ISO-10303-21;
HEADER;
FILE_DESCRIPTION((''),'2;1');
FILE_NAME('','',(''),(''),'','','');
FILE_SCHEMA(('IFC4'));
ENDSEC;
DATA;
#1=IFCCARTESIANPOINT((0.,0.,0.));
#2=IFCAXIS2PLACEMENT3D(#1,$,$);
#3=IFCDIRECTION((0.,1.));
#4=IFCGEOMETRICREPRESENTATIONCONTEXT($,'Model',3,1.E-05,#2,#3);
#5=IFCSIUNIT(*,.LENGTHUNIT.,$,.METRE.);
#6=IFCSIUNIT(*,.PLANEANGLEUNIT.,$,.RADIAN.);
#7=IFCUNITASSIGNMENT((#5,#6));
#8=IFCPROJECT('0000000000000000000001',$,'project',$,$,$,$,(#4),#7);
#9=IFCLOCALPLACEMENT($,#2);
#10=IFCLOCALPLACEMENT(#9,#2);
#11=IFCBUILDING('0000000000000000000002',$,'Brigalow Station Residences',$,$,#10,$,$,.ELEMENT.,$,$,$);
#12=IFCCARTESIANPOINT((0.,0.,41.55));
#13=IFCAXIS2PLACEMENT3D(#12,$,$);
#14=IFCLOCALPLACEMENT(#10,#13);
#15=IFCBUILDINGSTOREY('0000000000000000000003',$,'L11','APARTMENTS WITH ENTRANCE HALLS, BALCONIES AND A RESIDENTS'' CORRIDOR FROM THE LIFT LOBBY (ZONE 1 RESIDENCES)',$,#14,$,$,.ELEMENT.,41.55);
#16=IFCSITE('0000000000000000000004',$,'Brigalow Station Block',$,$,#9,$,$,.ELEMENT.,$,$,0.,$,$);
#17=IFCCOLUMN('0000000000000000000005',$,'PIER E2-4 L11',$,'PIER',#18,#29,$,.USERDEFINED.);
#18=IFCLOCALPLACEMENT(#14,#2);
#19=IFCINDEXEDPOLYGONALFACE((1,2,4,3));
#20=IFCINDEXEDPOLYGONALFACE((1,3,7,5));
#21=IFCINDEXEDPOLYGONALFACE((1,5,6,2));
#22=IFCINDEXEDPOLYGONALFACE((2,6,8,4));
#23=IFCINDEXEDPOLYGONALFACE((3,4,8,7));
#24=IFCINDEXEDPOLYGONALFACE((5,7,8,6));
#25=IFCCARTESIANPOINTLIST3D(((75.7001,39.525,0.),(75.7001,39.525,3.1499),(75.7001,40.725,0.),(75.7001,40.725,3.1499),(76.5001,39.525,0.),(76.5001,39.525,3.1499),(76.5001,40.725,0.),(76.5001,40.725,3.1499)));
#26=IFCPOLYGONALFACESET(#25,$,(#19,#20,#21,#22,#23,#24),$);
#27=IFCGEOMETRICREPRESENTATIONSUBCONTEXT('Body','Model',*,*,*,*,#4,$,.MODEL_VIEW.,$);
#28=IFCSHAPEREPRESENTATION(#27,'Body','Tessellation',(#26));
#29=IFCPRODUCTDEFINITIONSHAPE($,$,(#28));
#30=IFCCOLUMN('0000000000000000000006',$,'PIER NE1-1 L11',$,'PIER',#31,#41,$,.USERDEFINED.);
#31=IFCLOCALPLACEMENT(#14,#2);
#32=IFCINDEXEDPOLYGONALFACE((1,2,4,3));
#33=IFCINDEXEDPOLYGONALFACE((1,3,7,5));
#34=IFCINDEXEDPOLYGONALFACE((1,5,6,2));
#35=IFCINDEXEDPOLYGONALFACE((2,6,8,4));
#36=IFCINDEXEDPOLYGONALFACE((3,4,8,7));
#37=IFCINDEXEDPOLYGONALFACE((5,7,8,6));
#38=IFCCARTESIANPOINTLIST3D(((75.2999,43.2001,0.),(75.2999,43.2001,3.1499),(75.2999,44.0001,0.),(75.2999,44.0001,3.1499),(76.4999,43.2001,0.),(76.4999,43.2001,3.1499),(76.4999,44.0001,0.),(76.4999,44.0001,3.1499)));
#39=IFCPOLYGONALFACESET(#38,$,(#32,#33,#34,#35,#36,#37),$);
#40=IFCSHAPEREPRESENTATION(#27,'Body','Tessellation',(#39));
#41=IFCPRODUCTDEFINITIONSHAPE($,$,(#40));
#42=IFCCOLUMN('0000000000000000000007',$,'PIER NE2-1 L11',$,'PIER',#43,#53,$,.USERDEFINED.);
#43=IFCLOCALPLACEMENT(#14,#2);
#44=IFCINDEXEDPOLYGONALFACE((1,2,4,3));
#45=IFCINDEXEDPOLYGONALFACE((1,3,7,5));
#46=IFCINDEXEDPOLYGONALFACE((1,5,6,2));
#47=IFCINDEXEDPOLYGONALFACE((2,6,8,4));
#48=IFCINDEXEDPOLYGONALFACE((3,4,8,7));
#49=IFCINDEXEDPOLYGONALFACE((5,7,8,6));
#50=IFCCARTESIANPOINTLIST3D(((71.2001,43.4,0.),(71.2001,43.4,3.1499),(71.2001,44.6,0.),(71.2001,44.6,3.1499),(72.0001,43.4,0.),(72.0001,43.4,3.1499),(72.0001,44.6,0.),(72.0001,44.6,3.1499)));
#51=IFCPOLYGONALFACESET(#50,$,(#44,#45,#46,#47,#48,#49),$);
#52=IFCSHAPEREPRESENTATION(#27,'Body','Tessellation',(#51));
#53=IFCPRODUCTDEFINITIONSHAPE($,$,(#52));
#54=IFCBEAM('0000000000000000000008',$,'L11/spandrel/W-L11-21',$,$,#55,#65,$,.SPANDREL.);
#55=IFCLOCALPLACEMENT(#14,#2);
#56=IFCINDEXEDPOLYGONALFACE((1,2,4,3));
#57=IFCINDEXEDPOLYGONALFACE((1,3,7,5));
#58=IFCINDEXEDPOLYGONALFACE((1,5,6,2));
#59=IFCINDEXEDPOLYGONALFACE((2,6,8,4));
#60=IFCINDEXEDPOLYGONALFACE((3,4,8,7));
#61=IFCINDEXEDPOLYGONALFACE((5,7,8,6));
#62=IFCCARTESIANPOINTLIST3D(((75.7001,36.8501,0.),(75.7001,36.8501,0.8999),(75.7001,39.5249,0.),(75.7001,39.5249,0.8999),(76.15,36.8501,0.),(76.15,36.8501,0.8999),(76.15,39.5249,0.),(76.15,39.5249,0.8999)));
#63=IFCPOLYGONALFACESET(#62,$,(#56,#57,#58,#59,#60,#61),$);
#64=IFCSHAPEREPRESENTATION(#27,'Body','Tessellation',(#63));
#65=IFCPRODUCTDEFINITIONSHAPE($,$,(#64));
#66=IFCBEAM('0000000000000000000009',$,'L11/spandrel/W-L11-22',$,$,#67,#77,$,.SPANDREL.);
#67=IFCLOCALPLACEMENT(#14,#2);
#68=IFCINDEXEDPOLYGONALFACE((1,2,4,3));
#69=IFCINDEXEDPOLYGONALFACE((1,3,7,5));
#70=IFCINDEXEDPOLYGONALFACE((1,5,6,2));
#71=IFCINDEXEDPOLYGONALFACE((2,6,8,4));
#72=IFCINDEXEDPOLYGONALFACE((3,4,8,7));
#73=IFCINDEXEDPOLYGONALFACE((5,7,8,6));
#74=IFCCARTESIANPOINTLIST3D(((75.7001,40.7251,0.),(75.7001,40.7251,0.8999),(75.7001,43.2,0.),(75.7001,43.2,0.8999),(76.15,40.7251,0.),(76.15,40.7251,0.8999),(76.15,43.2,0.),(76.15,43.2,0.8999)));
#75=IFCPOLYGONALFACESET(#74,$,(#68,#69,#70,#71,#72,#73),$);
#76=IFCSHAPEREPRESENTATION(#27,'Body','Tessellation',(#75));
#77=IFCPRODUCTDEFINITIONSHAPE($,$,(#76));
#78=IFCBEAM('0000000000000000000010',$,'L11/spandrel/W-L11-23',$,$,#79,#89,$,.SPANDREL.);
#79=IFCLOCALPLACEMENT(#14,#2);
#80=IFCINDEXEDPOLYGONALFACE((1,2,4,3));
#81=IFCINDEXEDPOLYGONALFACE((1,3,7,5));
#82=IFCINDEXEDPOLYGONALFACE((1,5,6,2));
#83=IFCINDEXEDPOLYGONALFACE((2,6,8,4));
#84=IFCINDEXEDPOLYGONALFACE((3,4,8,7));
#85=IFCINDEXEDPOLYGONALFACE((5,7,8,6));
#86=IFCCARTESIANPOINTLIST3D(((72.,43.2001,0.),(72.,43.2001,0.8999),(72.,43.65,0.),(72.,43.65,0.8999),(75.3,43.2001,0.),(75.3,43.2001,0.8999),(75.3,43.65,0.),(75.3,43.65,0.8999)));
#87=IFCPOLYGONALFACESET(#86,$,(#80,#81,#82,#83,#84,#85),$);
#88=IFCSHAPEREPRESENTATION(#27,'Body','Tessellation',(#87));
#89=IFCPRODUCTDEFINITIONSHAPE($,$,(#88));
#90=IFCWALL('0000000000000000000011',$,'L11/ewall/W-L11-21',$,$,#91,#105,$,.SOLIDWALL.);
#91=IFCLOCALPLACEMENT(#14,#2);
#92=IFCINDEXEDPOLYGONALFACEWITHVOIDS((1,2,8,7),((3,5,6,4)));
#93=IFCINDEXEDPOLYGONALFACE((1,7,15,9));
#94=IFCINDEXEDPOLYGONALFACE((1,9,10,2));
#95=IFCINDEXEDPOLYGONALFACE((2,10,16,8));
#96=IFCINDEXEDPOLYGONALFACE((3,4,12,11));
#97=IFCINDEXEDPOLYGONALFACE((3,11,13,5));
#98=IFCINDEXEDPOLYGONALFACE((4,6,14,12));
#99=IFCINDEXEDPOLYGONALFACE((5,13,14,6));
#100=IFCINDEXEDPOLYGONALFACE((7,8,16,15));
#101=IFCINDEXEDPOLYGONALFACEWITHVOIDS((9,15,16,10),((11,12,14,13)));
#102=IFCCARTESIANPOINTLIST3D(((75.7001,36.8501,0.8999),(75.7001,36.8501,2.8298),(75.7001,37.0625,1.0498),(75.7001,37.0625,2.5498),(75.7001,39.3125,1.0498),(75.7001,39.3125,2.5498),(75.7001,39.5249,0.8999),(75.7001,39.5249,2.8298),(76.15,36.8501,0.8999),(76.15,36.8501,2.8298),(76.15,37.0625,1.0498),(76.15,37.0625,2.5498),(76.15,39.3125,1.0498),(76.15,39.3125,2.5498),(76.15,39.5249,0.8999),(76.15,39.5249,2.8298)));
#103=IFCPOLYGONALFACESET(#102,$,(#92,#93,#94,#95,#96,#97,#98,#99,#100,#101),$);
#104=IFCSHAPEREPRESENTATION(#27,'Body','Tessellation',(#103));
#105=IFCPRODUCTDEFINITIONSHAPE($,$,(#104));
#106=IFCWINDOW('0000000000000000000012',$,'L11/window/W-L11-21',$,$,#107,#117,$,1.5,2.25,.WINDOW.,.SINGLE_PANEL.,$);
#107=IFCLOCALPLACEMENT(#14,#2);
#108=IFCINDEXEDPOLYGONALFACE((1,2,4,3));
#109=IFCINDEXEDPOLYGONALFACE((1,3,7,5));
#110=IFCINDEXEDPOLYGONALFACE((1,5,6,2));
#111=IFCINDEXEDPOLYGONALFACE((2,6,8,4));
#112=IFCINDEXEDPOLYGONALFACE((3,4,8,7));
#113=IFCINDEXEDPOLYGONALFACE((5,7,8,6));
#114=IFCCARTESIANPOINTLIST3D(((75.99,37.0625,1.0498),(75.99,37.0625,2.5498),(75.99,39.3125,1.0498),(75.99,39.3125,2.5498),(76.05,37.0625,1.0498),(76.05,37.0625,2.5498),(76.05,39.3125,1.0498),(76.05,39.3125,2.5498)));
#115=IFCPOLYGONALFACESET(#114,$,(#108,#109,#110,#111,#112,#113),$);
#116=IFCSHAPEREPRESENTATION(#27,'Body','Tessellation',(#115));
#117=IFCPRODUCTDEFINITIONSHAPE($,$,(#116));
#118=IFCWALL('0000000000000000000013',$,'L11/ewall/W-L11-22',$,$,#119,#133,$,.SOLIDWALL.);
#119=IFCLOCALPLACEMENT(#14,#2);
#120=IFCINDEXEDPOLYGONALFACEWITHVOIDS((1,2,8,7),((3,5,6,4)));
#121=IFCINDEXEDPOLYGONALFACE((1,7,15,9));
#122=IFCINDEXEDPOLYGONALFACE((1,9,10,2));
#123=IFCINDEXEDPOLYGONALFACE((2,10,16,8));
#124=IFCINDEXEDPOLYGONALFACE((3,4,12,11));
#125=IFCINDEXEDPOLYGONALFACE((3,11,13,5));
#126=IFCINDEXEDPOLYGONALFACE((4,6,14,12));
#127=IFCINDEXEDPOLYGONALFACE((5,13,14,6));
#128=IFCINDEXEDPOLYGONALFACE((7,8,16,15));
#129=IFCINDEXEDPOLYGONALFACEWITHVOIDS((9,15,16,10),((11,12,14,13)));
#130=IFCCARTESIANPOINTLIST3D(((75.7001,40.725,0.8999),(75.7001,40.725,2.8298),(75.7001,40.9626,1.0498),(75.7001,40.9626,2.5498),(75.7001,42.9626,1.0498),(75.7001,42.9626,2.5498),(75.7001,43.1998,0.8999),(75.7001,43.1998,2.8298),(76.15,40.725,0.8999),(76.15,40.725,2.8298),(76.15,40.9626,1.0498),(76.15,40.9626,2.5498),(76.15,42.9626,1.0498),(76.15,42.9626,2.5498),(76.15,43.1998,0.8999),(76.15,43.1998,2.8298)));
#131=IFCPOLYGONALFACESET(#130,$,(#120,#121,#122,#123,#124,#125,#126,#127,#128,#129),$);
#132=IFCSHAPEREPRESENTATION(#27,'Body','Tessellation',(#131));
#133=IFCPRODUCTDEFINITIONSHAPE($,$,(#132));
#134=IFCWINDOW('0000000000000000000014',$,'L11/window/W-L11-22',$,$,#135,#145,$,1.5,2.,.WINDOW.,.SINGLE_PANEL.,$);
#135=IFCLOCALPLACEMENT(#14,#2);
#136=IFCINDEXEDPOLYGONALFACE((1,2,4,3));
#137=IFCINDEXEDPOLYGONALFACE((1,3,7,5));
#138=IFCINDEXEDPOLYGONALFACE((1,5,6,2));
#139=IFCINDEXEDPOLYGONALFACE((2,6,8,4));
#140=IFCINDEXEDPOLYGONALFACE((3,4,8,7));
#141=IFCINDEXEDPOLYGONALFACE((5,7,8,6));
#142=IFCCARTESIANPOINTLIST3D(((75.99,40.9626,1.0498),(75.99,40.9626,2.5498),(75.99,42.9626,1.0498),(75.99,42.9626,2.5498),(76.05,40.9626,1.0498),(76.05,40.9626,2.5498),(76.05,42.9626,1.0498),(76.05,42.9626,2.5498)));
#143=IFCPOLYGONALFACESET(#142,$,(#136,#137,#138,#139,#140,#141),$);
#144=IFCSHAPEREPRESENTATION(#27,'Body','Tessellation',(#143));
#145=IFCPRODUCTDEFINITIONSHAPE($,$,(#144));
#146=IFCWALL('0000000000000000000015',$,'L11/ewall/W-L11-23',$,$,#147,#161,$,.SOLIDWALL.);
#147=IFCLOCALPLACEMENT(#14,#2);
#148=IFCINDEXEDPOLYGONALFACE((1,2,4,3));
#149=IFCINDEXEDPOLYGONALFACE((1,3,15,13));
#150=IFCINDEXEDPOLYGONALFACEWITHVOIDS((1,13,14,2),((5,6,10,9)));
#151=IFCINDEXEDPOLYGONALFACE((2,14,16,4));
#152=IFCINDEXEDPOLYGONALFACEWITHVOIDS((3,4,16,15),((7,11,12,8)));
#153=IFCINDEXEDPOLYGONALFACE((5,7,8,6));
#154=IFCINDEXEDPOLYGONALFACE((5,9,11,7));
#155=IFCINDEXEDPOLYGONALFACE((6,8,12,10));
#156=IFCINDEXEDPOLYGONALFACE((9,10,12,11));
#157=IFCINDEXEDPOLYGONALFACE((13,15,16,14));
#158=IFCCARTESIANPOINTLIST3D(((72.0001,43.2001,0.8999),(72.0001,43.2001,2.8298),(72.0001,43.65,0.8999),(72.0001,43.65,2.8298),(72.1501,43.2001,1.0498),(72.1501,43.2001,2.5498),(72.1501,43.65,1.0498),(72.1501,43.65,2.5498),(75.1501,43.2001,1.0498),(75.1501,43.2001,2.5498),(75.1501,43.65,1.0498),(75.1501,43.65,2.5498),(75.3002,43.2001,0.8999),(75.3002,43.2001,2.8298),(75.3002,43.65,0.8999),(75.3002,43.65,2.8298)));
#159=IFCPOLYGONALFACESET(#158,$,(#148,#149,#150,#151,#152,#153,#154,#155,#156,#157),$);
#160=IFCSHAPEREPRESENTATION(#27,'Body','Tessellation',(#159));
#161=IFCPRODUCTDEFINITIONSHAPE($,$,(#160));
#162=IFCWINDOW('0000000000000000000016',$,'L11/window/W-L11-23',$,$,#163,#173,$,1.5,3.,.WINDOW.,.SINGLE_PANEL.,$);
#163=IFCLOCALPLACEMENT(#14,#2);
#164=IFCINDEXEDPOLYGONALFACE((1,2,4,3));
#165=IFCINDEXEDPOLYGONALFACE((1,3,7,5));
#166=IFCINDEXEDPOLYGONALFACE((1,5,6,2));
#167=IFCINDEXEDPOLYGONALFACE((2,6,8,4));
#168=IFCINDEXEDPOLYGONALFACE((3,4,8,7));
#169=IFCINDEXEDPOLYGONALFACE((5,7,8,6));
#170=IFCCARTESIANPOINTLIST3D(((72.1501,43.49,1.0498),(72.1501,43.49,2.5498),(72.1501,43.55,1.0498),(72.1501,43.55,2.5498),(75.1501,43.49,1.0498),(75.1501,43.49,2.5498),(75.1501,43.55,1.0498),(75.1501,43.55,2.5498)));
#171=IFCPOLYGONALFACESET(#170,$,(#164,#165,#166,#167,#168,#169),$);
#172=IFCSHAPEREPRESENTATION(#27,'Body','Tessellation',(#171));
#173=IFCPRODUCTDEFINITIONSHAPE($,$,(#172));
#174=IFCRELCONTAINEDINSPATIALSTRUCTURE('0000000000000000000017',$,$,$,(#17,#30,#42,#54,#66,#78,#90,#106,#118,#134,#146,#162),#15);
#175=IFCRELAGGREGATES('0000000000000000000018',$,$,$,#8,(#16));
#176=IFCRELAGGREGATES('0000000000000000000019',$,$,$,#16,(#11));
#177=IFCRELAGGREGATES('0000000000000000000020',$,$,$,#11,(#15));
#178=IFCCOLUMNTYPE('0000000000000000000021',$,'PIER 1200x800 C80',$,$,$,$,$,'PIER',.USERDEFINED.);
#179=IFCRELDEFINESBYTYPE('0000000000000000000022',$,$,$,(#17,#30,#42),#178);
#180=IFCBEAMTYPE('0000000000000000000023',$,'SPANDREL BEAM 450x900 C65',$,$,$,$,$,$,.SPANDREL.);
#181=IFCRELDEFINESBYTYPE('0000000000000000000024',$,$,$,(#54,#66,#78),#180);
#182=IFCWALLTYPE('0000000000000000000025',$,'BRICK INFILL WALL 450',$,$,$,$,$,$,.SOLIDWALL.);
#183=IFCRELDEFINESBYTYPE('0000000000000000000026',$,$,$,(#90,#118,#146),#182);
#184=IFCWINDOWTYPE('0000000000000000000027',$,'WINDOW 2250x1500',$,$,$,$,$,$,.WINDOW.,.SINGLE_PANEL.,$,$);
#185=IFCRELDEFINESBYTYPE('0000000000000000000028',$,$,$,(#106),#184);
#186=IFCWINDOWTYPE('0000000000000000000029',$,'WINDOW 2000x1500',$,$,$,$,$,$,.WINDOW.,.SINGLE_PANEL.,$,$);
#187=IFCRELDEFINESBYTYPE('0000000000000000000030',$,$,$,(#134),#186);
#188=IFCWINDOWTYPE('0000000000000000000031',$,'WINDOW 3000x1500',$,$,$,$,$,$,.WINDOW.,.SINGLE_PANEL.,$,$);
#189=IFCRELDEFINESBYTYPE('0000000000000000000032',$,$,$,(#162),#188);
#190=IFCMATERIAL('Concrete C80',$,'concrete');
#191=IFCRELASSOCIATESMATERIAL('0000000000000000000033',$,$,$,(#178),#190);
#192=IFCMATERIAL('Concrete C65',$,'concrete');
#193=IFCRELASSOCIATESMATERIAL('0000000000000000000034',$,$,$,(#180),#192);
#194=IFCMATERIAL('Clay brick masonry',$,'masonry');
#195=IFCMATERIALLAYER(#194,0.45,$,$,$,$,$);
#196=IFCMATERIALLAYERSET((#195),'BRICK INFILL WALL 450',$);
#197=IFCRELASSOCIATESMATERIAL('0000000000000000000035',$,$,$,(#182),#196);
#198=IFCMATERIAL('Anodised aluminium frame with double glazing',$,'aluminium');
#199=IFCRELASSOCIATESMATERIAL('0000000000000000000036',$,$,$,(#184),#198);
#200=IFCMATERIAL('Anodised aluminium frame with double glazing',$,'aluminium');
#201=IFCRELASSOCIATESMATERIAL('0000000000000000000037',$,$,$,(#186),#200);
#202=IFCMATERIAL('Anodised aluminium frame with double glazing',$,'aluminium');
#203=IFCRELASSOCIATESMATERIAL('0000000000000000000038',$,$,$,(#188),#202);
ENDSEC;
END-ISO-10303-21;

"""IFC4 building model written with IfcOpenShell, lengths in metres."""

from ifc_helpers import new_model, si_unit, direction, frame, frame_2d, origin, origin_2d, place, context, subcontext, project, spatial, rectangle, extrude, material, layer, layer_set, material_profile, profile_set, type_object, element, fill, save


model = new_model("IFC4")

# Units and contexts
model_context = context("Model", 3, precision=1e-05, world=origin(), true_north=direction((0.0, 1.0)))
body_context = subcontext(model_context, "Body", "Model", "MODEL_VIEW")
ifc_project = project(units=[si_unit("LENGTHUNIT", "METRE"), si_unit("PLANEANGLEUNIT", "RADIAN")], contexts=[model_context])

# Site, building, storey
site_placement = place(None, origin())
site = spatial("IfcSite", under=ifc_project, at=site_placement, Name="Brigalow Station Block", CompositionType="ELEMENT", RefElevation=0.0)
building_placement = place(site_placement, origin())
building = spatial("IfcBuilding", under=site, at=building_placement, Name="Brigalow Station Residences", CompositionType="ELEMENT")
storey_placement = place(building_placement, frame((0.0, 0.0, 41.55)))
storey = spatial("IfcBuildingStorey", under=building, at=storey_placement, Name="L11", Description="APARTMENTS WITH ENTRANCE HALLS, BALCONIES AND A RESIDENTS' CORRIDOR FROM THE LIFT LOBBY (ZONE 1 RESIDENCES)", CompositionType="ELEMENT", Elevation=41.55)

# Columns
ifc_material_1 = material(Name="Concrete C80", Category="concrete")
ifc_material_profile_1 = material_profile(ifc_material_1, rectangle(XDim=1.2, YDim=0.8, at=origin_2d()), Name="RC1200x800")
ifc_profile_set_1 = profile_set([ifc_material_profile_1], Name="Concrete C80")
column_type = type_object("IfcColumnType", Name="PIER 1200x800 C80", ElementType="PIER", PredefinedType="USERDEFINED", material=ifc_profile_set_1)
for number, where, z_axis, x_axis, name in (
    (1, (76.1001, 40.125, 0.0), (0.0, 0.0, 1.0), (0.0, 1.0, 0.0), "PIER E2-4 L11"),
    (2, (75.8999, 43.6001, 0.0), (0.0, 0.0, 1.0), (-1.0, 0.0, 0.0), "PIER NE1-1 L11"),
    (3, (71.6001, 44.0, 0.0), (0.0, 0.0, 1.0), (0.0, 1.0, 0.0), "PIER NE2-1 L11"),
):
    element("IfcColumn", number, at=place(storey_placement, frame(where, z_axis=z_axis, x_axis=x_axis)), inside=storey, type_object=column_type, Name=name, ObjectType="PIER", PredefinedType="USERDEFINED", context=body_context, shape_type="SweptSolid", body=[
        extrude(rectangle(XDim=1.2, YDim=0.8, at=origin_2d()), origin(), (0.0, 0.0, 1.0), 3.1499),
    ])

# Beams
ifc_material_2 = material(Name="Concrete C65", Category="concrete")
ifc_material_profile_2 = material_profile(ifc_material_2, rectangle(XDim=0.45, YDim=0.8999, at=origin_2d()), Name="RC450x900")
ifc_profile_set_2 = profile_set([ifc_material_profile_2], Name="Concrete C65")
beam_type = type_object("IfcBeamType", Name="SPANDREL BEAM 450x900 C65", PredefinedType="SPANDREL", material=ifc_profile_set_2)
beam_1_placement = place(storey_placement, frame((75.925, 36.8501, 0.45), z_axis=(0.0, 1.0, 0.0), x_axis=(-1.0, 0.0, 0.0)))
element("IfcBeam", 4, at=beam_1_placement, inside=storey, type_object=beam_type, Name="L11/spandrel/W-L11-21", PredefinedType="SPANDREL", context=body_context, shape_type="SweptSolid", body=[
    extrude(rectangle(XDim=0.45, YDim=0.8999, at=origin_2d()), origin(), (0.0, 0.0, 1.0), 2.6748),
])
beam_2_placement = place(storey_placement, frame((75.925, 40.7251, 0.45), z_axis=(0.0, 1.0, 0.0), x_axis=(-1.0, 0.0, 0.0)))
element("IfcBeam", 5, at=beam_2_placement, inside=storey, type_object=beam_type, Name="L11/spandrel/W-L11-22", PredefinedType="SPANDREL", context=body_context, shape_type="SweptSolid", body=[
    extrude(rectangle(XDim=0.45, YDim=0.8999, at=origin_2d()), origin(), (0.0, 0.0, 1.0), 2.4749),
])
beam_3_placement = place(storey_placement, frame((75.3, 43.425, 0.45), z_axis=(-1.0, 0.0, 0.0), x_axis=(0.0, -1.0, 0.0)))
element("IfcBeam", 6, at=beam_3_placement, inside=storey, type_object=beam_type, Name="L11/spandrel/W-L11-23", PredefinedType="SPANDREL", context=body_context, shape_type="SweptSolid", body=[
    extrude(rectangle(XDim=0.45, YDim=0.8999, at=origin_2d()), origin(), (0.0, 0.0, 1.0), 3.3),
])

# Walls, openings, windows
ifc_material_3 = material(Name="Clay brick masonry", Category="masonry")
ifc_layer_1 = layer(ifc_material_3, 0.45)
ifc_layer_set_1 = layer_set([ifc_layer_1], Name="BRICK INFILL WALL 450")
wall_type_1 = type_object("IfcWallType", Name="BRICK INFILL WALL 450", PredefinedType="SOLIDWALL", material=ifc_layer_set_1)
wall_1_placement = place(storey_placement, frame((75.925, 36.8501, 0.8999), z_axis=(0.0, 0.0, 1.0), x_axis=(0.0, 1.0, 0.0)))
wall_1 = element("IfcWall", 7, at=wall_1_placement, inside=storey, type_object=wall_type_1, Name="L11/ewall/W-L11-21", PredefinedType="SOLIDWALL", context=body_context, shape_type="SweptSolid", body=[
    extrude(rectangle(XDim=2.6748, YDim=0.45, at=frame_2d((1.3374, 0.0))), origin(), (0.0, 0.0, 1.0), 1.9299),
])
opening_1_placement = place(wall_1_placement, frame((0.2124, 0.0, 0.1499)))
opening_1 = element("IfcOpeningElement", 8, at=opening_1_placement, cuts=wall_1, PredefinedType="OPENING", context=body_context, shape_type="SweptSolid", body=[
    extrude(rectangle(XDim=2.25, YDim=1.5, at=frame_2d((1.125, 0.75))), frame((0.0, 0.2349, 0.0), z_axis=(0.0, -1.0, 0.0), x_axis=(1.0, 0.0, 0.0)), (0.0, 0.0, 1.0), 0.47),
])
ifc_material_4 = material(Name="Anodised aluminium frame with double glazing", Category="aluminium")
window_type_1 = type_object("IfcWindowType", Name="WINDOW 2250x1500", PartitioningType="SINGLE_PANEL", PredefinedType="WINDOW", material=ifc_material_4)
window_1_placement = place(opening_1_placement, origin())
window_1 = element("IfcWindow", 9, at=window_1_placement, inside=storey, type_object=window_type_1, Name="L11/window/W-L11-21", OverallHeight=1.5, OverallWidth=2.25, PartitioningType="SINGLE_PANEL", PredefinedType="WINDOW", context=body_context, shape_type="SweptSolid", body=[
    extrude(rectangle(XDim=2.25, YDim=1.5, at=frame_2d((1.125, 0.75))), frame((0.0, -0.0649, 0.0), z_axis=(0.0, -1.0, 0.0), x_axis=(1.0, 0.0, 0.0)), (0.0, 0.0, 1.0), 0.0601),
])
fill(opening_1, window_1)
wall_2_placement = place(storey_placement, frame((75.925, 40.7251, 0.8999), z_axis=(0.0, 0.0, 1.0), x_axis=(0.0, 1.0, 0.0)))
wall_2 = element("IfcWall", 10, at=wall_2_placement, inside=storey, type_object=wall_type_1, Name="L11/ewall/W-L11-22", PredefinedType="SOLIDWALL", context=body_context, shape_type="SweptSolid", body=[
    extrude(rectangle(XDim=2.4749, YDim=0.45, at=frame_2d((1.2373, 0.0))), origin(), (0.0, 0.0, 1.0), 1.9299),
])
opening_2_placement = place(wall_2_placement, frame((0.2375, 0.0, 0.1499)))
opening_2 = element("IfcOpeningElement", 11, at=opening_2_placement, cuts=wall_2, PredefinedType="OPENING", context=body_context, shape_type="SweptSolid", body=[
    extrude(rectangle(XDim=2.0, YDim=1.5, at=frame_2d((1.0, 0.75))), frame((0.0, 0.2349, 0.0), z_axis=(0.0, -1.0, 0.0), x_axis=(1.0, 0.0, 0.0)), (0.0, 0.0, 1.0), 0.47),
])
ifc_material_5 = material(Name="Anodised aluminium frame with double glazing", Category="aluminium")
window_type_2 = type_object("IfcWindowType", Name="WINDOW 2000x1500", PartitioningType="SINGLE_PANEL", PredefinedType="WINDOW", material=ifc_material_5)
window_2_placement = place(opening_2_placement, origin())
window_2 = element("IfcWindow", 12, at=window_2_placement, inside=storey, type_object=window_type_2, Name="L11/window/W-L11-22", OverallHeight=1.5, OverallWidth=2.0, PartitioningType="SINGLE_PANEL", PredefinedType="WINDOW", context=body_context, shape_type="SweptSolid", body=[
    extrude(rectangle(XDim=2.0, YDim=1.5, at=frame_2d((1.0, 0.75))), frame((0.0, -0.0649, 0.0), z_axis=(0.0, -1.0, 0.0), x_axis=(1.0, 0.0, 0.0)), (0.0, 0.0, 1.0), 0.0601),
])
fill(opening_2, window_2)
wall_3_placement = place(storey_placement, frame((75.3, 43.425, 0.8999), z_axis=(0.0, 0.0, 1.0), x_axis=(-1.0, 0.0, 0.0)))
wall_3 = element("IfcWall", 13, at=wall_3_placement, inside=storey, type_object=wall_type_1, Name="L11/ewall/W-L11-23", PredefinedType="SOLIDWALL", context=body_context, shape_type="SweptSolid", body=[
    extrude(rectangle(XDim=3.3, YDim=0.45, at=frame_2d((1.6499, 0.0))), origin(), (0.0, 0.0, 1.0), 1.9299),
])
opening_3_placement = place(wall_3_placement, frame((0.1499, 0.0, 0.1499)))
opening_3 = element("IfcOpeningElement", 14, at=opening_3_placement, cuts=wall_3, PredefinedType="OPENING", context=body_context, shape_type="SweptSolid", body=[
    extrude(rectangle(XDim=3.0, YDim=1.5, at=frame_2d((1.5, 0.75))), frame((0.0, 0.2349, 0.0), z_axis=(0.0, -1.0, 0.0), x_axis=(1.0, 0.0, 0.0)), (0.0, 0.0, 1.0), 0.47),
])
ifc_material_6 = material(Name="Anodised aluminium frame with double glazing", Category="aluminium")
window_type_3 = type_object("IfcWindowType", Name="WINDOW 3000x1500", PartitioningType="SINGLE_PANEL", PredefinedType="WINDOW", material=ifc_material_6)
window_3_placement = place(opening_3_placement, origin())
window_3 = element("IfcWindow", 15, at=window_3_placement, inside=storey, type_object=window_type_3, Name="L11/window/W-L11-23", OverallHeight=1.5, OverallWidth=3.0, PartitioningType="SINGLE_PANEL", PredefinedType="WINDOW", context=body_context, shape_type="SweptSolid", body=[
    extrude(rectangle(XDim=3.0, YDim=1.5, at=frame_2d((1.5, 0.75))), frame((0.0, -0.0649, 0.0), z_axis=(0.0, -1.0, 0.0), x_axis=(1.0, 0.0, 0.0)), (0.0, 0.0, 1.0), 0.0601),
])
fill(opening_3, window_3)

save(model, "model.ifc")
